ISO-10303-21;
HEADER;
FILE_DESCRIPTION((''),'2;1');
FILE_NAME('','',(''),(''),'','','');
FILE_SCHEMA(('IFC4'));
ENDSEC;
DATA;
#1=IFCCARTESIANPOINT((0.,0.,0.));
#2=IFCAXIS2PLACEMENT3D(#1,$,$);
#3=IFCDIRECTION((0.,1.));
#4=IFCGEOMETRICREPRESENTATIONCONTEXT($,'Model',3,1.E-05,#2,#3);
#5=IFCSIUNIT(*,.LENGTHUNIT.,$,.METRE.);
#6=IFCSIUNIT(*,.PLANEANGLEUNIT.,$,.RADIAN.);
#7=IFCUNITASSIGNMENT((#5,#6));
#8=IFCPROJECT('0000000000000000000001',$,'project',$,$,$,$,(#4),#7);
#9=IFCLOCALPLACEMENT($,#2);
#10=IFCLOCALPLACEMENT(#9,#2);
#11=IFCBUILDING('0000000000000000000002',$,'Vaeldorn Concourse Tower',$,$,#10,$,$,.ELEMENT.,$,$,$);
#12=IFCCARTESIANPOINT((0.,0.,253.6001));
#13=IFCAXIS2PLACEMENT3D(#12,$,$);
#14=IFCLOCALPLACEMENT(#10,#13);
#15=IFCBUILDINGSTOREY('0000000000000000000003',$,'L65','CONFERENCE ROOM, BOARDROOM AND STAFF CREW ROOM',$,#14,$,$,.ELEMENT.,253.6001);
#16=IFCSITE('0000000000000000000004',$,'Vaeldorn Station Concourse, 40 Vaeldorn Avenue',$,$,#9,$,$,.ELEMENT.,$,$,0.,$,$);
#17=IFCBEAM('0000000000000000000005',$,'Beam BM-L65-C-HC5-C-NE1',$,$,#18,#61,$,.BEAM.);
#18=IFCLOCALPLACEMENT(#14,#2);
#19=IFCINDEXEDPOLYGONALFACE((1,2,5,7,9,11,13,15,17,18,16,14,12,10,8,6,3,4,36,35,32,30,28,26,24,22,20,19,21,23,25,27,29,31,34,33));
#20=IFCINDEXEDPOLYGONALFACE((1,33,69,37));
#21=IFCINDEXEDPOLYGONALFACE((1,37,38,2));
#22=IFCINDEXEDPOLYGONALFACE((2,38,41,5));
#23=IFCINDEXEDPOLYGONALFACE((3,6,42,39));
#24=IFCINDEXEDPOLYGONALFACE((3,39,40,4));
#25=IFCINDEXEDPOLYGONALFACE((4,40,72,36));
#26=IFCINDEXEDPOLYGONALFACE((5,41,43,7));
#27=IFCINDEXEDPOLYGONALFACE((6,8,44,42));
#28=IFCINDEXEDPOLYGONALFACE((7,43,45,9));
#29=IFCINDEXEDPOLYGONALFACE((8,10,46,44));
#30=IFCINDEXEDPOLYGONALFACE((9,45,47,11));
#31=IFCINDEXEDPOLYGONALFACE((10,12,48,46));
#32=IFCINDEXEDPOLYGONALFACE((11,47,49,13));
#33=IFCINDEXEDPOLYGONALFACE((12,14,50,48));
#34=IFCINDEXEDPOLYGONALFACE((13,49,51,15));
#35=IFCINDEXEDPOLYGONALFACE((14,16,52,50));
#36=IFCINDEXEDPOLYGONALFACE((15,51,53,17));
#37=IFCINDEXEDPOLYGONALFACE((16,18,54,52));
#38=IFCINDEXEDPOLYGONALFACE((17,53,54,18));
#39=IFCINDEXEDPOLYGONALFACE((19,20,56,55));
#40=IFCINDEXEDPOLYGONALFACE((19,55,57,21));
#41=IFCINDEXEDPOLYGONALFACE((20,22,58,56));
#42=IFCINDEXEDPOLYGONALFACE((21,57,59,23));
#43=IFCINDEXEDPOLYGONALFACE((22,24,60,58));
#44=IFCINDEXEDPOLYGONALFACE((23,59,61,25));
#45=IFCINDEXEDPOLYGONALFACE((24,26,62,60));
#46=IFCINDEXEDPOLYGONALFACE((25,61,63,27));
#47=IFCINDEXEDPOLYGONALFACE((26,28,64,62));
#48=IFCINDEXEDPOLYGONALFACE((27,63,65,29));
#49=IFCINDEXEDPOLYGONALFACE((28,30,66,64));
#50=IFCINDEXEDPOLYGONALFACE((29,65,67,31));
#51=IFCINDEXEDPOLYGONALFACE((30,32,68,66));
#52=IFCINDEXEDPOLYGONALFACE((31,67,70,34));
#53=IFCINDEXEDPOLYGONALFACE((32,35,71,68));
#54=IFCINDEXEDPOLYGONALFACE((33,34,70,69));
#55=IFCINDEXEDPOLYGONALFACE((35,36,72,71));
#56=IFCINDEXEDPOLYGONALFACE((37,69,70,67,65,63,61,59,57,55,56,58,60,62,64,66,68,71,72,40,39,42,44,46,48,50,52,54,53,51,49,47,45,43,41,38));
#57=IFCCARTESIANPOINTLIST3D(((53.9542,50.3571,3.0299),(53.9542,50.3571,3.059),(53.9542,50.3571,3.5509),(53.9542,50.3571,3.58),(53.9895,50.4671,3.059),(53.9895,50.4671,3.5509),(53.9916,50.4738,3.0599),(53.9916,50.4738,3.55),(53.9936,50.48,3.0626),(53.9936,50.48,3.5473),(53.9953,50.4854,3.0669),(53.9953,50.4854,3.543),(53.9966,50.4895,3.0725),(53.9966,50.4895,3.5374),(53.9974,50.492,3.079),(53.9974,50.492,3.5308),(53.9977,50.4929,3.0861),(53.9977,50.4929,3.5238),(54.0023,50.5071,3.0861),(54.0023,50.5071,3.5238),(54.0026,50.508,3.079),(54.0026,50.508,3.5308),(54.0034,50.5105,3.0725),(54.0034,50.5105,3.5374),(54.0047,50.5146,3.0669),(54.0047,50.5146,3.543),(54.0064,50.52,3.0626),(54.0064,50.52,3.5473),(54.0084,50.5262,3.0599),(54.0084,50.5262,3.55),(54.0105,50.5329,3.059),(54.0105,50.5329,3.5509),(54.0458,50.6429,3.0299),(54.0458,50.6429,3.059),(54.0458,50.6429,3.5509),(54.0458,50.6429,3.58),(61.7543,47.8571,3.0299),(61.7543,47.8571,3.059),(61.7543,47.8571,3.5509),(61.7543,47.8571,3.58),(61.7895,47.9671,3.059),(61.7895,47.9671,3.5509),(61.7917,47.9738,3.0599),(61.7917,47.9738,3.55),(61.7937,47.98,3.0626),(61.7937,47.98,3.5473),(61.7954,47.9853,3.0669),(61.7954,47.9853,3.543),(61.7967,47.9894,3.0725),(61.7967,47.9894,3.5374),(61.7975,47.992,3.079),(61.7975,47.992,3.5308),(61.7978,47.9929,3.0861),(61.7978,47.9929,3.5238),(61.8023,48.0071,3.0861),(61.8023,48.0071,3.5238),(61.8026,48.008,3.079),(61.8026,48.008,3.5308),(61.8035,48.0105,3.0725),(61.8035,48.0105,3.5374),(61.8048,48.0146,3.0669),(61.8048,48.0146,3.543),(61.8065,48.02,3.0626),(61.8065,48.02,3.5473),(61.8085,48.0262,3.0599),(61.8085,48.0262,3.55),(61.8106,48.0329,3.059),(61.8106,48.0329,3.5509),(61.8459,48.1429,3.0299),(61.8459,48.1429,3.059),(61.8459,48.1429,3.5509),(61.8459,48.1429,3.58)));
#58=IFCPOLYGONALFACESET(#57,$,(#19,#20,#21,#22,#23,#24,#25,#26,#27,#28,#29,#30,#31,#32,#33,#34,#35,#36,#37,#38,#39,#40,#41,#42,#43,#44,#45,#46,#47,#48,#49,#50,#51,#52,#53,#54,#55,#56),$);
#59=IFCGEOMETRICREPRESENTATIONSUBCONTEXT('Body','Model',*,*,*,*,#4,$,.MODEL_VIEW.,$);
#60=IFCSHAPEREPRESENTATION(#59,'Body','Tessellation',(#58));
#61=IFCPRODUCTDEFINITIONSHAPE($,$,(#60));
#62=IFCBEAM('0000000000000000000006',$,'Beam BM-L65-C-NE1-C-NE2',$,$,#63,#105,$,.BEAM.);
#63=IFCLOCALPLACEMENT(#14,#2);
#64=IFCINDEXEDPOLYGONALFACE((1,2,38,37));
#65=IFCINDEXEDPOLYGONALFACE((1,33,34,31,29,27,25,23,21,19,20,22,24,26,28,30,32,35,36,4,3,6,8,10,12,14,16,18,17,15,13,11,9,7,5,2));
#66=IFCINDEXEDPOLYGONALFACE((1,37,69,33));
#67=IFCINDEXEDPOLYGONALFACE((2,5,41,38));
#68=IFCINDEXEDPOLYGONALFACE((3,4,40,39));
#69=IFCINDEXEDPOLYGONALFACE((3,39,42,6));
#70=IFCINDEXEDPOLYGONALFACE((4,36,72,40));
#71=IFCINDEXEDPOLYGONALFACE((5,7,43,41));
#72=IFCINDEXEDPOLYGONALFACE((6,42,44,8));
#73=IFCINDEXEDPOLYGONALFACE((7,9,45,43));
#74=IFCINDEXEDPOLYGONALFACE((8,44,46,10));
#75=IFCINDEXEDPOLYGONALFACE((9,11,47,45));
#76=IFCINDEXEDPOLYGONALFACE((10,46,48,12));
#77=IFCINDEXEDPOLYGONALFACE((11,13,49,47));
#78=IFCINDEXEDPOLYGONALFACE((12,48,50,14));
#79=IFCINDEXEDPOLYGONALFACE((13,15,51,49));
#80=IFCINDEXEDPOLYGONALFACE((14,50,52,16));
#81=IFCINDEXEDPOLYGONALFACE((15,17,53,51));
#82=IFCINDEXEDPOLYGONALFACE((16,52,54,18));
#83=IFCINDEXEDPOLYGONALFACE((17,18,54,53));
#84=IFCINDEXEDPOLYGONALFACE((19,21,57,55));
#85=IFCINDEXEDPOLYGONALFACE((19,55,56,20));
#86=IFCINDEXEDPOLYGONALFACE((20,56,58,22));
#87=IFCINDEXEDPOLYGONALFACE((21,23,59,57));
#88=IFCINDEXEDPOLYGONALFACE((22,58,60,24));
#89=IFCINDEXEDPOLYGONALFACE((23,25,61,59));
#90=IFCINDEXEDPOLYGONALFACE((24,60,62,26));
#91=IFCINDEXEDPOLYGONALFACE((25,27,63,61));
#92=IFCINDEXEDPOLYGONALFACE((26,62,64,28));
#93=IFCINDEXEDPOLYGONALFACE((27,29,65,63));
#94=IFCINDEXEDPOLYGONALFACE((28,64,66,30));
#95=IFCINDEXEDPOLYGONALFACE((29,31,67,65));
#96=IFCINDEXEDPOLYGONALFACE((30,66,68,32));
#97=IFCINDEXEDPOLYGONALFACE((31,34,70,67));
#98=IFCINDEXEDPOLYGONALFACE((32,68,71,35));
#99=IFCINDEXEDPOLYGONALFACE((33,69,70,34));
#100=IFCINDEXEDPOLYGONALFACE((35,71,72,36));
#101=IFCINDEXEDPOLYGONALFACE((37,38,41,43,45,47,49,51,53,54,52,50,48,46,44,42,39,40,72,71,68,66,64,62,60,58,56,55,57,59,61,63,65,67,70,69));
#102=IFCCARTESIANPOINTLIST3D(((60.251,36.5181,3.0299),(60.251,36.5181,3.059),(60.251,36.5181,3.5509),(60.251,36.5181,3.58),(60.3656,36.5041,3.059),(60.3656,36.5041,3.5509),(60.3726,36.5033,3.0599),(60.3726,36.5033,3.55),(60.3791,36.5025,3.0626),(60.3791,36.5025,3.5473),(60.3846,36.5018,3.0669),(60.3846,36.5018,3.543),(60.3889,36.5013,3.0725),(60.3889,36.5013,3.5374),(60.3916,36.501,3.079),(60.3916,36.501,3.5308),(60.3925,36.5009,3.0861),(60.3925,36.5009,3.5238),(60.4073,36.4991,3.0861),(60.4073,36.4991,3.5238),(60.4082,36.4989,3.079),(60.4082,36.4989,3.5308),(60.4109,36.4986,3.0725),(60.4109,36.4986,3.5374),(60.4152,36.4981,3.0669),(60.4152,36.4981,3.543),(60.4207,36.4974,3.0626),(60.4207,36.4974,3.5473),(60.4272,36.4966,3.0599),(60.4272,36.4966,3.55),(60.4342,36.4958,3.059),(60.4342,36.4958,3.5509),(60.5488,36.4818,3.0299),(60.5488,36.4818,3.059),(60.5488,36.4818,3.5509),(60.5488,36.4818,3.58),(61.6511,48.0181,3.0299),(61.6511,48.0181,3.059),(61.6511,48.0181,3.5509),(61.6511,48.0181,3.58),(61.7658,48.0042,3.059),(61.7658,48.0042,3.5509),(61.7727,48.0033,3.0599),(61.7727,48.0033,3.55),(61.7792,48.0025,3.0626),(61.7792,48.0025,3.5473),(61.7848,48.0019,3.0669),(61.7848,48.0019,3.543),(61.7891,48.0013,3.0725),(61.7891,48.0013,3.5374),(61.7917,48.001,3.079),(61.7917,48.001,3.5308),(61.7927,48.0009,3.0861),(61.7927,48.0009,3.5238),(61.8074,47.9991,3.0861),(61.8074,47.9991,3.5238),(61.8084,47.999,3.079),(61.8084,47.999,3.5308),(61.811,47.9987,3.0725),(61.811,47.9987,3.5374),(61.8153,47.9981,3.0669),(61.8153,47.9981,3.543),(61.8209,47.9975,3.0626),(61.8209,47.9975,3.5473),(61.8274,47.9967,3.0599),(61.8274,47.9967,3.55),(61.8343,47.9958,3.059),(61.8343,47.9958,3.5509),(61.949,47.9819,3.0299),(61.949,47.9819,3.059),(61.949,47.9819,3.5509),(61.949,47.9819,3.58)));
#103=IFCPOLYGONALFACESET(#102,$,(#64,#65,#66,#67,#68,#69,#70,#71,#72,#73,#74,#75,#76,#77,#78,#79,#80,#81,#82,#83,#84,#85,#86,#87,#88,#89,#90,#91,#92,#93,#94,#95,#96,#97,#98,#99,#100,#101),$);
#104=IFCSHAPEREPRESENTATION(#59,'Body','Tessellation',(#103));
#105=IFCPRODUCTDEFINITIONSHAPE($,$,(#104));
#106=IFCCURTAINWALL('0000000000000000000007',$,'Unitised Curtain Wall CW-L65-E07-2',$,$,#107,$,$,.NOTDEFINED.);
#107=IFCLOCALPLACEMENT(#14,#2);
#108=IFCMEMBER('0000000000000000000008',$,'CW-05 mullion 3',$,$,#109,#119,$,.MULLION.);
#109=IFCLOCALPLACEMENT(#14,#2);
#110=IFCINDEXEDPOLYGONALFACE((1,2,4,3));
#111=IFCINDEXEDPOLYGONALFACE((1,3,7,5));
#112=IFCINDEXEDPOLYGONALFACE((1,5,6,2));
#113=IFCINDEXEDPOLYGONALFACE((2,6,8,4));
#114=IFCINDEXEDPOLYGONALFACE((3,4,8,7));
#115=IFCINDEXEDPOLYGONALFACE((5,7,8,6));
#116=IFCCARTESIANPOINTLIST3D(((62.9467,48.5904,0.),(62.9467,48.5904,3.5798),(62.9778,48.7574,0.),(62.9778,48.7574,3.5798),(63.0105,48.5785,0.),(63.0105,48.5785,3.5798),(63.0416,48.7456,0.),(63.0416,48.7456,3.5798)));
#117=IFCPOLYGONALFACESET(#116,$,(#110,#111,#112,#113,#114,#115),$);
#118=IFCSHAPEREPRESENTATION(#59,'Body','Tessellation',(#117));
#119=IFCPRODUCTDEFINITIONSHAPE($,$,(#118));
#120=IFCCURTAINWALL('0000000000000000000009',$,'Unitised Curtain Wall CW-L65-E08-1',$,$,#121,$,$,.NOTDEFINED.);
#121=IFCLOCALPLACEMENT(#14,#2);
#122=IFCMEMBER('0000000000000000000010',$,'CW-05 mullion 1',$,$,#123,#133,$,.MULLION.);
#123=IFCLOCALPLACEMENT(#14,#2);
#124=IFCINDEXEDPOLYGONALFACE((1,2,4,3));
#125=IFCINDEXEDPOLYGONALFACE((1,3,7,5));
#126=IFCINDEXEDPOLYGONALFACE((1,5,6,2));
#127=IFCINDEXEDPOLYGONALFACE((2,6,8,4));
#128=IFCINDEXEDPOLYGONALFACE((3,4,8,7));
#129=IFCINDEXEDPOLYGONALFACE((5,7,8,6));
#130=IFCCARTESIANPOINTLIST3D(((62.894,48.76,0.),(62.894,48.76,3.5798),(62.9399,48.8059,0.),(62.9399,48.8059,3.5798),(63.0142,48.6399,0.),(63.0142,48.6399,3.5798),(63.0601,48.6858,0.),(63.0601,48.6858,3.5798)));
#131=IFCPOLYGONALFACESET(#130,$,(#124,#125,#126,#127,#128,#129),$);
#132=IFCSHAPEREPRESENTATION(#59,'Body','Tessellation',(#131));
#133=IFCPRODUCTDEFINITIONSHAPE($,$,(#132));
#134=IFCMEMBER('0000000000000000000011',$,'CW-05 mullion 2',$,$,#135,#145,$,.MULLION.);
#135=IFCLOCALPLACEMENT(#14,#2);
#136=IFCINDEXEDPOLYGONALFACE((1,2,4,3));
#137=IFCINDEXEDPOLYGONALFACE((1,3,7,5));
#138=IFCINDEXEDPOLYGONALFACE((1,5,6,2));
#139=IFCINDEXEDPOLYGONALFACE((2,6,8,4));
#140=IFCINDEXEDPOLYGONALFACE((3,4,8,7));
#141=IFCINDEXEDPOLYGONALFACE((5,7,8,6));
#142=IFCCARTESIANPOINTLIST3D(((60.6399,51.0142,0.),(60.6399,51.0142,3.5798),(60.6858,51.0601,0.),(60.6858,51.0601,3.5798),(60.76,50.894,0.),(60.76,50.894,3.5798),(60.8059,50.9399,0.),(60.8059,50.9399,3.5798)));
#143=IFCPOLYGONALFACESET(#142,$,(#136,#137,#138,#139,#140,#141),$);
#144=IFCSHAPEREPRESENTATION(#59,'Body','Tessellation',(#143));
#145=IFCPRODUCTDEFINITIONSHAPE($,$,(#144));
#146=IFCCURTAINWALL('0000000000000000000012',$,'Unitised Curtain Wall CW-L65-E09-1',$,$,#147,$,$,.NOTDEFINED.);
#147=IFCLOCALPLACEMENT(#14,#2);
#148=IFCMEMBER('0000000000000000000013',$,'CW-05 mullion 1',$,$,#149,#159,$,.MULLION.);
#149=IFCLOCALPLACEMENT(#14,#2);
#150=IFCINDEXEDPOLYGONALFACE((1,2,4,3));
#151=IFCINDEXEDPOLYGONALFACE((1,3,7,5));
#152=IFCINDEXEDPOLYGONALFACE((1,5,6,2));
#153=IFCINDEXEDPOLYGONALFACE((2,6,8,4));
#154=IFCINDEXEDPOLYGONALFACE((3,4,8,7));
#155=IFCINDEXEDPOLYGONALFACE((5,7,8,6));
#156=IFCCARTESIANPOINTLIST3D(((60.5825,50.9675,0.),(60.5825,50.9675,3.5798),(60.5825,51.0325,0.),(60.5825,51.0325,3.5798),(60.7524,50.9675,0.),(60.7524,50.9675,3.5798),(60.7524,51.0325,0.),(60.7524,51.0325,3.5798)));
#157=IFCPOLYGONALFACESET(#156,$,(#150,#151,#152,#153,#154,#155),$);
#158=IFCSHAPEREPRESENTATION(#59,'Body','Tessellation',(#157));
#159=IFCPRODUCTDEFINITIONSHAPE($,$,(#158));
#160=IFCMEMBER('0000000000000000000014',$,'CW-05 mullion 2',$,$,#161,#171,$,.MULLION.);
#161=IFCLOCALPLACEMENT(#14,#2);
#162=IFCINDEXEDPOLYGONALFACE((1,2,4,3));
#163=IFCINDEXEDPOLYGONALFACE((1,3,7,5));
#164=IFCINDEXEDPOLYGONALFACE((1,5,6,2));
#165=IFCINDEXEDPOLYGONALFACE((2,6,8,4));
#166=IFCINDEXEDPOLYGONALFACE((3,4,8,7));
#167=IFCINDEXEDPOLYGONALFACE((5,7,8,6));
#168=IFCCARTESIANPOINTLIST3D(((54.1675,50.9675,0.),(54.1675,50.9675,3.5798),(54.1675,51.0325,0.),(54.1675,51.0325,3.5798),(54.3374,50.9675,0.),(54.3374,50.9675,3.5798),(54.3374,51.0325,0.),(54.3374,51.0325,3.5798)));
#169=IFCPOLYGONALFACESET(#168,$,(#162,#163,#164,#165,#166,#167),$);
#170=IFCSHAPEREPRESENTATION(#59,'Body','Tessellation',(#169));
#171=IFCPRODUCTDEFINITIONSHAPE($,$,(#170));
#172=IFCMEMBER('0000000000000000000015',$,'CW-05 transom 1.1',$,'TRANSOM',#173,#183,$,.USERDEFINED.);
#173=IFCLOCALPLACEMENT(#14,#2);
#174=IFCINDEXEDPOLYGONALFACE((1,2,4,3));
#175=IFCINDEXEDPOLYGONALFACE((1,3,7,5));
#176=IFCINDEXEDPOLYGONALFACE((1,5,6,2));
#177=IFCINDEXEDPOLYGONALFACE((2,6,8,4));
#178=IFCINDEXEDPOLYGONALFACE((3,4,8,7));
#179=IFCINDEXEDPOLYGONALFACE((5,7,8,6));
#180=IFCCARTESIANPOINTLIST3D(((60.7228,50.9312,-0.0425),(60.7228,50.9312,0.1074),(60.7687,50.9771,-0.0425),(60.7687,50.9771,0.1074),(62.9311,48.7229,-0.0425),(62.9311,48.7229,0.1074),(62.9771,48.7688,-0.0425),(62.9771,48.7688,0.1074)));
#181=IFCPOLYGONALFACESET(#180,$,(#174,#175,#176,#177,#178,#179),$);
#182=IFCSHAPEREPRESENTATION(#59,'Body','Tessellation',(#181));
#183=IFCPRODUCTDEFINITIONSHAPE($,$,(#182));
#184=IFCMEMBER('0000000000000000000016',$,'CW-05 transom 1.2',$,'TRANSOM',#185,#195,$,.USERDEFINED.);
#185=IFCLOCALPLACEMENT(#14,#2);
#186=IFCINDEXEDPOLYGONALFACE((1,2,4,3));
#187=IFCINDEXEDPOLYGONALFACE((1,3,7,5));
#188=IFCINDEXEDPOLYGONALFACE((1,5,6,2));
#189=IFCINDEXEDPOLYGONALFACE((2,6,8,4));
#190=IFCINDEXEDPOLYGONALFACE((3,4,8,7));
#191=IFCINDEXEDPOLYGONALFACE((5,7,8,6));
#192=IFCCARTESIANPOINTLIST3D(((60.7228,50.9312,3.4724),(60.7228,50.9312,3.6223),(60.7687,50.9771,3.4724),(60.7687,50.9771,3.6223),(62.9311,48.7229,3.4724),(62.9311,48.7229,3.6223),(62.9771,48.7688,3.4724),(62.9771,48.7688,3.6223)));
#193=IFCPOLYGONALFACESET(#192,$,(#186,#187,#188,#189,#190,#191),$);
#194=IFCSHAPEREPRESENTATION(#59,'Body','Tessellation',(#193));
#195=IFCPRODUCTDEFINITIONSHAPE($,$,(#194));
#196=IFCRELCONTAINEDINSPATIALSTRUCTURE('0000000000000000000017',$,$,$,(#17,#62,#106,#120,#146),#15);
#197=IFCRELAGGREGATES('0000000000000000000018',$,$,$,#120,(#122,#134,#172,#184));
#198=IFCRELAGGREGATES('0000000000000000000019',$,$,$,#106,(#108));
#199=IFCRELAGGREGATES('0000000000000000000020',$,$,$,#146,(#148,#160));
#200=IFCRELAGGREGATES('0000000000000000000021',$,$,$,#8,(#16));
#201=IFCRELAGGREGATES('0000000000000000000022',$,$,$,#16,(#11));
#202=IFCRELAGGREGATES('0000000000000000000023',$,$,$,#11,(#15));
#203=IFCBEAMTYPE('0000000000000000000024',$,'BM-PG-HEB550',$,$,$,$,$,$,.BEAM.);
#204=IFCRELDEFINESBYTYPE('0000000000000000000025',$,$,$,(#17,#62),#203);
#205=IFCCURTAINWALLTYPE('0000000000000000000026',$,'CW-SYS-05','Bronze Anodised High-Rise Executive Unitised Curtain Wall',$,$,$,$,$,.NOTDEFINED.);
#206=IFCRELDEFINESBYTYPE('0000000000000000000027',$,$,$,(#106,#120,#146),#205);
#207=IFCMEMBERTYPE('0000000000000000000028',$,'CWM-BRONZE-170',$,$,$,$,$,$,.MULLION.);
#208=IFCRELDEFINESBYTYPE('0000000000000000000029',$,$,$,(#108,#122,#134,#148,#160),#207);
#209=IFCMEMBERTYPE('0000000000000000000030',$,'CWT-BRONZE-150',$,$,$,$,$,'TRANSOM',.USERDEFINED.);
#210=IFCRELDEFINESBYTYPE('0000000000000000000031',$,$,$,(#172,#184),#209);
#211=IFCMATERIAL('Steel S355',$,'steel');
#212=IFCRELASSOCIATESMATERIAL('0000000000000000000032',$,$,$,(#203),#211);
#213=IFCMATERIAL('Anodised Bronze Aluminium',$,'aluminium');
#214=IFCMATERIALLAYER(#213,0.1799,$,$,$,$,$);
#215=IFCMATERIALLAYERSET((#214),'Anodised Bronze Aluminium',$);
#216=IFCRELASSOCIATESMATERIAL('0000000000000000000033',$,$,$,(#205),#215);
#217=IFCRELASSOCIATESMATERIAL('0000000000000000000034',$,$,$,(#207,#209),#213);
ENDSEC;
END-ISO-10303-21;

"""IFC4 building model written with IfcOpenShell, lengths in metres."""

from ifc_helpers import new_model, si_unit, direction, frame, origin, origin_2d, place, context, subcontext, project, spatial, rectangle, i_section, extrude, source, transform, mapped, material, layer, layer_set, material_profile, profile_set, type_object, element, aggregate, save


model = new_model("IFC4")

# Units and contexts
model_context = context("Model", 3, precision=1e-05, world=origin(), true_north=direction((0.0, 1.0)))
body_context = subcontext(model_context, "Body", "Model", "MODEL_VIEW")
ifc_project = project(units=[si_unit("LENGTHUNIT", "METRE"), si_unit("PLANEANGLEUNIT", "RADIAN")], contexts=[model_context])

# Site, building, storey
site_placement = place(None, origin())
site = spatial("IfcSite", under=ifc_project, at=site_placement, Name="Vaeldorn Station Concourse, 40 Vaeldorn Avenue", CompositionType="ELEMENT", RefElevation=0.0)
building_placement = place(site_placement, origin())
building = spatial("IfcBuilding", under=site, at=building_placement, Name="Vaeldorn Concourse Tower", CompositionType="ELEMENT")
storey_placement = place(building_placement, frame((0.0, 0.0, 253.6001)))
storey = spatial("IfcBuildingStorey", under=building, at=storey_placement, Name="L65", Description="CONFERENCE ROOM, BOARDROOM AND STAFF CREW ROOM", CompositionType="ELEMENT", Elevation=253.6001)

# Shared definitions
ifc_material_1 = material(Name="Steel S355", Category="steel")

# Beams
ifc_material_profile_1 = material_profile(ifc_material_1, i_section(OverallWidth=0.3, OverallDepth=0.55, WebThickness=0.0149, FlangeThickness=0.0291, FilletRadius=0.0271, at=origin_2d()), Name="HEB 550")
ifc_profile_set_1 = profile_set([ifc_material_profile_1], Name="Steel S355")
beam_type_1 = type_object("IfcBeamType", Name="BM-PG-HEB550", PredefinedType="BEAM", material=ifc_profile_set_1)
shared_shape_1 = source(origin(), body_context, "Body", "SweptSolid", [
    extrude(i_section(OverallWidth=0.3, OverallDepth=0.55, WebThickness=0.0149, FlangeThickness=0.0291, FilletRadius=0.0271, at=origin_2d()), origin(), (0.0, 0.0, 1.0), 8.1909),
])
beam_1_placement = place(storey_placement, frame((54.0, 50.5, 3.3049), z_axis=(0.952283, -0.305217, 0.0), x_axis=(0.305217, 0.952283, 0.0)))
element("IfcBeam", 1, at=beam_1_placement, inside=storey, type_object=beam_type_1, Name="Beam BM-L65-C-HC5-C-NE1", PredefinedType="BEAM", context=body_context, shape_type="MappedRepresentation", body=[
    mapped(shared_shape_1, transform((0.0, 0.0, 0.0), scale=1.0)),
])
shared_shape_2 = source(origin(), body_context, "Body", "SweptSolid", [
    extrude(i_section(OverallWidth=0.3, OverallDepth=0.55, WebThickness=0.0149, FlangeThickness=0.0291, FilletRadius=0.0271, at=origin_2d()), origin(), (0.0, 0.0, 1.0), 11.585),
])
beam_2_placement = place(storey_placement, frame((61.8, 48.0, 3.3049), z_axis=(-0.120859, -0.99267, 0.0), x_axis=(0.99267, -0.120859, 0.0)))
element("IfcBeam", 2, at=beam_2_placement, inside=storey, type_object=beam_type_1, Name="Beam BM-L65-C-NE1-C-NE2", PredefinedType="BEAM", context=body_context, shape_type="MappedRepresentation", body=[
    mapped(shared_shape_2, transform((0.0, 0.0, 0.0), scale=1.0)),
])

# Curtain wall, member
ifc_material_2 = material(Name="Anodised Bronze Aluminium", Category="aluminium")
ifc_layer_1 = layer(ifc_material_2, 0.1799)
ifc_layer_set_1 = layer_set([ifc_layer_1], Name="Anodised Bronze Aluminium")
curtain_wall_type = type_object("IfcCurtainWallType", Name="CW-SYS-05", Description="Bronze Anodised High-Rise Executive Unitised Curtain Wall", PredefinedType="NOTDEFINED", material=ifc_layer_set_1)
curtain_wall_1_placement = place(storey_placement, origin())
curtain_wall_1 = element("IfcCurtainWall", 3, at=curtain_wall_1_placement, inside=storey, type_object=curtain_wall_type, Name="Unitised Curtain Wall CW-L65-E07-2", PredefinedType="NOTDEFINED")
ifc_material_profile_2 = material_profile(ifc_material_2, rectangle(XDim=0.0649, YDim=0.1699, at=origin_2d()), Name="CWM 65x170")
ifc_profile_set_2 = profile_set([ifc_material_profile_2], Name="Anodised Bronze Aluminium")
member_type_1 = type_object("IfcMemberType", Name="CWM-BRONZE-170", PredefinedType="MULLION", material=ifc_profile_set_2)
shared_shape_3 = source(origin(), body_context, "Body", "SweptSolid", [
    extrude(rectangle(XDim=0.0649, YDim=0.1699, at=origin_2d()), origin(), (0.0, 0.0, 1.0), 3.5798),
])
member_1_placement = place(storey_placement, frame((62.9941, 48.668, 0.0), z_axis=(0.0, 0.0, 1.0), x_axis=(-0.983103, 0.183054, 0.0)))
member_1 = element("IfcMember", 4, at=member_1_placement, type_object=member_type_1, Name="CW-05 mullion 3", PredefinedType="MULLION", context=body_context, shape_type="MappedRepresentation", body=[
    mapped(shared_shape_3, transform((0.0, 0.0, 0.0), scale=1.0)),
])

# Curtain walls, members
curtain_wall_2_placement = place(storey_placement, origin())
curtain_wall_2 = element("IfcCurtainWall", 5, at=curtain_wall_2_placement, inside=storey, type_object=curtain_wall_type, Name="Unitised Curtain Wall CW-L65-E08-1", PredefinedType="NOTDEFINED")
member_2_placement = place(storey_placement, frame((62.9771, 48.7229, 0.0), z_axis=(0.0, 0.0, 1.0), x_axis=(-0.707107, -0.707107, 0.0)))
member_2 = element("IfcMember", 6, at=member_2_placement, type_object=member_type_1, Name="CW-05 mullion 1", PredefinedType="MULLION", context=body_context, shape_type="MappedRepresentation", body=[
    mapped(shared_shape_3, transform((0.0, 0.0, 0.0), scale=1.0)),
])
member_3_placement = place(storey_placement, frame((60.7229, 50.9771, 0.0), z_axis=(0.0, 0.0, 1.0), x_axis=(-0.707107, -0.707107, 0.0)))
member_3 = element("IfcMember", 7, at=member_3_placement, type_object=member_type_1, Name="CW-05 mullion 2", PredefinedType="MULLION", context=body_context, shape_type="MappedRepresentation", body=[
    mapped(shared_shape_3, transform((0.0, 0.0, 0.0), scale=1.0)),
])
curtain_wall_3_placement = place(storey_placement, origin())
curtain_wall_3 = element("IfcCurtainWall", 8, at=curtain_wall_3_placement, inside=storey, type_object=curtain_wall_type, Name="Unitised Curtain Wall CW-L65-E09-1", PredefinedType="NOTDEFINED")
member_4_placement = place(storey_placement, frame((60.6675, 51.0, 0.0), z_axis=(0.0, 0.0, 1.0), x_axis=(0.0, -1.0, 0.0)))
member_4 = element("IfcMember", 9, at=member_4_placement, type_object=member_type_1, Name="CW-05 mullion 1", PredefinedType="MULLION", context=body_context, shape_type="MappedRepresentation", body=[
    mapped(shared_shape_3, transform((0.0, 0.0, 0.0), scale=1.0)),
])
member_5_placement = place(storey_placement, frame((54.2524, 51.0, 0.0), z_axis=(0.0, 0.0, 1.0), x_axis=(0.0, -1.0, 0.0)))
member_5 = element("IfcMember", 10, at=member_5_placement, type_object=member_type_1, Name="CW-05 mullion 2", PredefinedType="MULLION", context=body_context, shape_type="MappedRepresentation", body=[
    mapped(shared_shape_3, transform((0.0, 0.0, 0.0), scale=1.0)),
])

# Members
ifc_material_profile_3 = material_profile(ifc_material_2, rectangle(XDim=0.0649, YDim=0.1499, at=origin_2d()), Name="CWT 65x150")
ifc_profile_set_3 = profile_set([ifc_material_profile_3], Name="Anodised Bronze Aluminium")
member_type_2 = type_object("IfcMemberType", Name="CWT-BRONZE-150", ElementType="TRANSOM", PredefinedType="USERDEFINED", material=ifc_profile_set_3)
shared_shape_4 = source(origin(), body_context, "Body", "SweptSolid", [
    extrude(rectangle(XDim=0.0649, YDim=0.1499, at=origin_2d()), origin(), (0.0, 0.0, 1.0), 3.123),
])
member_6_placement = place(storey_placement, frame((62.9541, 48.7458, 0.0325), z_axis=(-0.707107, 0.707107, 0.0), x_axis=(-0.707107, -0.707107, 0.0)))
member_6 = element("IfcMember", 11, at=member_6_placement, type_object=member_type_2, Name="CW-05 transom 1.1", ObjectType="TRANSOM", PredefinedType="USERDEFINED", context=body_context, shape_type="MappedRepresentation", body=[
    mapped(shared_shape_4, transform((0.0, 0.0, 0.0), scale=1.0)),
])
member_7_placement = place(storey_placement, frame((62.9541, 48.7458, 3.5474), z_axis=(-0.707107, 0.707107, 0.0), x_axis=(-0.707107, -0.707107, 0.0)))
member_7 = element("IfcMember", 12, at=member_7_placement, type_object=member_type_2, Name="CW-05 transom 1.2", ObjectType="TRANSOM", PredefinedType="USERDEFINED", context=body_context, shape_type="MappedRepresentation", body=[
    mapped(shared_shape_4, transform((0.0, 0.0, 0.0), scale=1.0)),
])

aggregate(curtain_wall_2, [member_2, member_3, member_6, member_7])
aggregate(curtain_wall_1, [member_1])
aggregate(curtain_wall_3, [member_4, member_5])

save(model, "model.ifc")
